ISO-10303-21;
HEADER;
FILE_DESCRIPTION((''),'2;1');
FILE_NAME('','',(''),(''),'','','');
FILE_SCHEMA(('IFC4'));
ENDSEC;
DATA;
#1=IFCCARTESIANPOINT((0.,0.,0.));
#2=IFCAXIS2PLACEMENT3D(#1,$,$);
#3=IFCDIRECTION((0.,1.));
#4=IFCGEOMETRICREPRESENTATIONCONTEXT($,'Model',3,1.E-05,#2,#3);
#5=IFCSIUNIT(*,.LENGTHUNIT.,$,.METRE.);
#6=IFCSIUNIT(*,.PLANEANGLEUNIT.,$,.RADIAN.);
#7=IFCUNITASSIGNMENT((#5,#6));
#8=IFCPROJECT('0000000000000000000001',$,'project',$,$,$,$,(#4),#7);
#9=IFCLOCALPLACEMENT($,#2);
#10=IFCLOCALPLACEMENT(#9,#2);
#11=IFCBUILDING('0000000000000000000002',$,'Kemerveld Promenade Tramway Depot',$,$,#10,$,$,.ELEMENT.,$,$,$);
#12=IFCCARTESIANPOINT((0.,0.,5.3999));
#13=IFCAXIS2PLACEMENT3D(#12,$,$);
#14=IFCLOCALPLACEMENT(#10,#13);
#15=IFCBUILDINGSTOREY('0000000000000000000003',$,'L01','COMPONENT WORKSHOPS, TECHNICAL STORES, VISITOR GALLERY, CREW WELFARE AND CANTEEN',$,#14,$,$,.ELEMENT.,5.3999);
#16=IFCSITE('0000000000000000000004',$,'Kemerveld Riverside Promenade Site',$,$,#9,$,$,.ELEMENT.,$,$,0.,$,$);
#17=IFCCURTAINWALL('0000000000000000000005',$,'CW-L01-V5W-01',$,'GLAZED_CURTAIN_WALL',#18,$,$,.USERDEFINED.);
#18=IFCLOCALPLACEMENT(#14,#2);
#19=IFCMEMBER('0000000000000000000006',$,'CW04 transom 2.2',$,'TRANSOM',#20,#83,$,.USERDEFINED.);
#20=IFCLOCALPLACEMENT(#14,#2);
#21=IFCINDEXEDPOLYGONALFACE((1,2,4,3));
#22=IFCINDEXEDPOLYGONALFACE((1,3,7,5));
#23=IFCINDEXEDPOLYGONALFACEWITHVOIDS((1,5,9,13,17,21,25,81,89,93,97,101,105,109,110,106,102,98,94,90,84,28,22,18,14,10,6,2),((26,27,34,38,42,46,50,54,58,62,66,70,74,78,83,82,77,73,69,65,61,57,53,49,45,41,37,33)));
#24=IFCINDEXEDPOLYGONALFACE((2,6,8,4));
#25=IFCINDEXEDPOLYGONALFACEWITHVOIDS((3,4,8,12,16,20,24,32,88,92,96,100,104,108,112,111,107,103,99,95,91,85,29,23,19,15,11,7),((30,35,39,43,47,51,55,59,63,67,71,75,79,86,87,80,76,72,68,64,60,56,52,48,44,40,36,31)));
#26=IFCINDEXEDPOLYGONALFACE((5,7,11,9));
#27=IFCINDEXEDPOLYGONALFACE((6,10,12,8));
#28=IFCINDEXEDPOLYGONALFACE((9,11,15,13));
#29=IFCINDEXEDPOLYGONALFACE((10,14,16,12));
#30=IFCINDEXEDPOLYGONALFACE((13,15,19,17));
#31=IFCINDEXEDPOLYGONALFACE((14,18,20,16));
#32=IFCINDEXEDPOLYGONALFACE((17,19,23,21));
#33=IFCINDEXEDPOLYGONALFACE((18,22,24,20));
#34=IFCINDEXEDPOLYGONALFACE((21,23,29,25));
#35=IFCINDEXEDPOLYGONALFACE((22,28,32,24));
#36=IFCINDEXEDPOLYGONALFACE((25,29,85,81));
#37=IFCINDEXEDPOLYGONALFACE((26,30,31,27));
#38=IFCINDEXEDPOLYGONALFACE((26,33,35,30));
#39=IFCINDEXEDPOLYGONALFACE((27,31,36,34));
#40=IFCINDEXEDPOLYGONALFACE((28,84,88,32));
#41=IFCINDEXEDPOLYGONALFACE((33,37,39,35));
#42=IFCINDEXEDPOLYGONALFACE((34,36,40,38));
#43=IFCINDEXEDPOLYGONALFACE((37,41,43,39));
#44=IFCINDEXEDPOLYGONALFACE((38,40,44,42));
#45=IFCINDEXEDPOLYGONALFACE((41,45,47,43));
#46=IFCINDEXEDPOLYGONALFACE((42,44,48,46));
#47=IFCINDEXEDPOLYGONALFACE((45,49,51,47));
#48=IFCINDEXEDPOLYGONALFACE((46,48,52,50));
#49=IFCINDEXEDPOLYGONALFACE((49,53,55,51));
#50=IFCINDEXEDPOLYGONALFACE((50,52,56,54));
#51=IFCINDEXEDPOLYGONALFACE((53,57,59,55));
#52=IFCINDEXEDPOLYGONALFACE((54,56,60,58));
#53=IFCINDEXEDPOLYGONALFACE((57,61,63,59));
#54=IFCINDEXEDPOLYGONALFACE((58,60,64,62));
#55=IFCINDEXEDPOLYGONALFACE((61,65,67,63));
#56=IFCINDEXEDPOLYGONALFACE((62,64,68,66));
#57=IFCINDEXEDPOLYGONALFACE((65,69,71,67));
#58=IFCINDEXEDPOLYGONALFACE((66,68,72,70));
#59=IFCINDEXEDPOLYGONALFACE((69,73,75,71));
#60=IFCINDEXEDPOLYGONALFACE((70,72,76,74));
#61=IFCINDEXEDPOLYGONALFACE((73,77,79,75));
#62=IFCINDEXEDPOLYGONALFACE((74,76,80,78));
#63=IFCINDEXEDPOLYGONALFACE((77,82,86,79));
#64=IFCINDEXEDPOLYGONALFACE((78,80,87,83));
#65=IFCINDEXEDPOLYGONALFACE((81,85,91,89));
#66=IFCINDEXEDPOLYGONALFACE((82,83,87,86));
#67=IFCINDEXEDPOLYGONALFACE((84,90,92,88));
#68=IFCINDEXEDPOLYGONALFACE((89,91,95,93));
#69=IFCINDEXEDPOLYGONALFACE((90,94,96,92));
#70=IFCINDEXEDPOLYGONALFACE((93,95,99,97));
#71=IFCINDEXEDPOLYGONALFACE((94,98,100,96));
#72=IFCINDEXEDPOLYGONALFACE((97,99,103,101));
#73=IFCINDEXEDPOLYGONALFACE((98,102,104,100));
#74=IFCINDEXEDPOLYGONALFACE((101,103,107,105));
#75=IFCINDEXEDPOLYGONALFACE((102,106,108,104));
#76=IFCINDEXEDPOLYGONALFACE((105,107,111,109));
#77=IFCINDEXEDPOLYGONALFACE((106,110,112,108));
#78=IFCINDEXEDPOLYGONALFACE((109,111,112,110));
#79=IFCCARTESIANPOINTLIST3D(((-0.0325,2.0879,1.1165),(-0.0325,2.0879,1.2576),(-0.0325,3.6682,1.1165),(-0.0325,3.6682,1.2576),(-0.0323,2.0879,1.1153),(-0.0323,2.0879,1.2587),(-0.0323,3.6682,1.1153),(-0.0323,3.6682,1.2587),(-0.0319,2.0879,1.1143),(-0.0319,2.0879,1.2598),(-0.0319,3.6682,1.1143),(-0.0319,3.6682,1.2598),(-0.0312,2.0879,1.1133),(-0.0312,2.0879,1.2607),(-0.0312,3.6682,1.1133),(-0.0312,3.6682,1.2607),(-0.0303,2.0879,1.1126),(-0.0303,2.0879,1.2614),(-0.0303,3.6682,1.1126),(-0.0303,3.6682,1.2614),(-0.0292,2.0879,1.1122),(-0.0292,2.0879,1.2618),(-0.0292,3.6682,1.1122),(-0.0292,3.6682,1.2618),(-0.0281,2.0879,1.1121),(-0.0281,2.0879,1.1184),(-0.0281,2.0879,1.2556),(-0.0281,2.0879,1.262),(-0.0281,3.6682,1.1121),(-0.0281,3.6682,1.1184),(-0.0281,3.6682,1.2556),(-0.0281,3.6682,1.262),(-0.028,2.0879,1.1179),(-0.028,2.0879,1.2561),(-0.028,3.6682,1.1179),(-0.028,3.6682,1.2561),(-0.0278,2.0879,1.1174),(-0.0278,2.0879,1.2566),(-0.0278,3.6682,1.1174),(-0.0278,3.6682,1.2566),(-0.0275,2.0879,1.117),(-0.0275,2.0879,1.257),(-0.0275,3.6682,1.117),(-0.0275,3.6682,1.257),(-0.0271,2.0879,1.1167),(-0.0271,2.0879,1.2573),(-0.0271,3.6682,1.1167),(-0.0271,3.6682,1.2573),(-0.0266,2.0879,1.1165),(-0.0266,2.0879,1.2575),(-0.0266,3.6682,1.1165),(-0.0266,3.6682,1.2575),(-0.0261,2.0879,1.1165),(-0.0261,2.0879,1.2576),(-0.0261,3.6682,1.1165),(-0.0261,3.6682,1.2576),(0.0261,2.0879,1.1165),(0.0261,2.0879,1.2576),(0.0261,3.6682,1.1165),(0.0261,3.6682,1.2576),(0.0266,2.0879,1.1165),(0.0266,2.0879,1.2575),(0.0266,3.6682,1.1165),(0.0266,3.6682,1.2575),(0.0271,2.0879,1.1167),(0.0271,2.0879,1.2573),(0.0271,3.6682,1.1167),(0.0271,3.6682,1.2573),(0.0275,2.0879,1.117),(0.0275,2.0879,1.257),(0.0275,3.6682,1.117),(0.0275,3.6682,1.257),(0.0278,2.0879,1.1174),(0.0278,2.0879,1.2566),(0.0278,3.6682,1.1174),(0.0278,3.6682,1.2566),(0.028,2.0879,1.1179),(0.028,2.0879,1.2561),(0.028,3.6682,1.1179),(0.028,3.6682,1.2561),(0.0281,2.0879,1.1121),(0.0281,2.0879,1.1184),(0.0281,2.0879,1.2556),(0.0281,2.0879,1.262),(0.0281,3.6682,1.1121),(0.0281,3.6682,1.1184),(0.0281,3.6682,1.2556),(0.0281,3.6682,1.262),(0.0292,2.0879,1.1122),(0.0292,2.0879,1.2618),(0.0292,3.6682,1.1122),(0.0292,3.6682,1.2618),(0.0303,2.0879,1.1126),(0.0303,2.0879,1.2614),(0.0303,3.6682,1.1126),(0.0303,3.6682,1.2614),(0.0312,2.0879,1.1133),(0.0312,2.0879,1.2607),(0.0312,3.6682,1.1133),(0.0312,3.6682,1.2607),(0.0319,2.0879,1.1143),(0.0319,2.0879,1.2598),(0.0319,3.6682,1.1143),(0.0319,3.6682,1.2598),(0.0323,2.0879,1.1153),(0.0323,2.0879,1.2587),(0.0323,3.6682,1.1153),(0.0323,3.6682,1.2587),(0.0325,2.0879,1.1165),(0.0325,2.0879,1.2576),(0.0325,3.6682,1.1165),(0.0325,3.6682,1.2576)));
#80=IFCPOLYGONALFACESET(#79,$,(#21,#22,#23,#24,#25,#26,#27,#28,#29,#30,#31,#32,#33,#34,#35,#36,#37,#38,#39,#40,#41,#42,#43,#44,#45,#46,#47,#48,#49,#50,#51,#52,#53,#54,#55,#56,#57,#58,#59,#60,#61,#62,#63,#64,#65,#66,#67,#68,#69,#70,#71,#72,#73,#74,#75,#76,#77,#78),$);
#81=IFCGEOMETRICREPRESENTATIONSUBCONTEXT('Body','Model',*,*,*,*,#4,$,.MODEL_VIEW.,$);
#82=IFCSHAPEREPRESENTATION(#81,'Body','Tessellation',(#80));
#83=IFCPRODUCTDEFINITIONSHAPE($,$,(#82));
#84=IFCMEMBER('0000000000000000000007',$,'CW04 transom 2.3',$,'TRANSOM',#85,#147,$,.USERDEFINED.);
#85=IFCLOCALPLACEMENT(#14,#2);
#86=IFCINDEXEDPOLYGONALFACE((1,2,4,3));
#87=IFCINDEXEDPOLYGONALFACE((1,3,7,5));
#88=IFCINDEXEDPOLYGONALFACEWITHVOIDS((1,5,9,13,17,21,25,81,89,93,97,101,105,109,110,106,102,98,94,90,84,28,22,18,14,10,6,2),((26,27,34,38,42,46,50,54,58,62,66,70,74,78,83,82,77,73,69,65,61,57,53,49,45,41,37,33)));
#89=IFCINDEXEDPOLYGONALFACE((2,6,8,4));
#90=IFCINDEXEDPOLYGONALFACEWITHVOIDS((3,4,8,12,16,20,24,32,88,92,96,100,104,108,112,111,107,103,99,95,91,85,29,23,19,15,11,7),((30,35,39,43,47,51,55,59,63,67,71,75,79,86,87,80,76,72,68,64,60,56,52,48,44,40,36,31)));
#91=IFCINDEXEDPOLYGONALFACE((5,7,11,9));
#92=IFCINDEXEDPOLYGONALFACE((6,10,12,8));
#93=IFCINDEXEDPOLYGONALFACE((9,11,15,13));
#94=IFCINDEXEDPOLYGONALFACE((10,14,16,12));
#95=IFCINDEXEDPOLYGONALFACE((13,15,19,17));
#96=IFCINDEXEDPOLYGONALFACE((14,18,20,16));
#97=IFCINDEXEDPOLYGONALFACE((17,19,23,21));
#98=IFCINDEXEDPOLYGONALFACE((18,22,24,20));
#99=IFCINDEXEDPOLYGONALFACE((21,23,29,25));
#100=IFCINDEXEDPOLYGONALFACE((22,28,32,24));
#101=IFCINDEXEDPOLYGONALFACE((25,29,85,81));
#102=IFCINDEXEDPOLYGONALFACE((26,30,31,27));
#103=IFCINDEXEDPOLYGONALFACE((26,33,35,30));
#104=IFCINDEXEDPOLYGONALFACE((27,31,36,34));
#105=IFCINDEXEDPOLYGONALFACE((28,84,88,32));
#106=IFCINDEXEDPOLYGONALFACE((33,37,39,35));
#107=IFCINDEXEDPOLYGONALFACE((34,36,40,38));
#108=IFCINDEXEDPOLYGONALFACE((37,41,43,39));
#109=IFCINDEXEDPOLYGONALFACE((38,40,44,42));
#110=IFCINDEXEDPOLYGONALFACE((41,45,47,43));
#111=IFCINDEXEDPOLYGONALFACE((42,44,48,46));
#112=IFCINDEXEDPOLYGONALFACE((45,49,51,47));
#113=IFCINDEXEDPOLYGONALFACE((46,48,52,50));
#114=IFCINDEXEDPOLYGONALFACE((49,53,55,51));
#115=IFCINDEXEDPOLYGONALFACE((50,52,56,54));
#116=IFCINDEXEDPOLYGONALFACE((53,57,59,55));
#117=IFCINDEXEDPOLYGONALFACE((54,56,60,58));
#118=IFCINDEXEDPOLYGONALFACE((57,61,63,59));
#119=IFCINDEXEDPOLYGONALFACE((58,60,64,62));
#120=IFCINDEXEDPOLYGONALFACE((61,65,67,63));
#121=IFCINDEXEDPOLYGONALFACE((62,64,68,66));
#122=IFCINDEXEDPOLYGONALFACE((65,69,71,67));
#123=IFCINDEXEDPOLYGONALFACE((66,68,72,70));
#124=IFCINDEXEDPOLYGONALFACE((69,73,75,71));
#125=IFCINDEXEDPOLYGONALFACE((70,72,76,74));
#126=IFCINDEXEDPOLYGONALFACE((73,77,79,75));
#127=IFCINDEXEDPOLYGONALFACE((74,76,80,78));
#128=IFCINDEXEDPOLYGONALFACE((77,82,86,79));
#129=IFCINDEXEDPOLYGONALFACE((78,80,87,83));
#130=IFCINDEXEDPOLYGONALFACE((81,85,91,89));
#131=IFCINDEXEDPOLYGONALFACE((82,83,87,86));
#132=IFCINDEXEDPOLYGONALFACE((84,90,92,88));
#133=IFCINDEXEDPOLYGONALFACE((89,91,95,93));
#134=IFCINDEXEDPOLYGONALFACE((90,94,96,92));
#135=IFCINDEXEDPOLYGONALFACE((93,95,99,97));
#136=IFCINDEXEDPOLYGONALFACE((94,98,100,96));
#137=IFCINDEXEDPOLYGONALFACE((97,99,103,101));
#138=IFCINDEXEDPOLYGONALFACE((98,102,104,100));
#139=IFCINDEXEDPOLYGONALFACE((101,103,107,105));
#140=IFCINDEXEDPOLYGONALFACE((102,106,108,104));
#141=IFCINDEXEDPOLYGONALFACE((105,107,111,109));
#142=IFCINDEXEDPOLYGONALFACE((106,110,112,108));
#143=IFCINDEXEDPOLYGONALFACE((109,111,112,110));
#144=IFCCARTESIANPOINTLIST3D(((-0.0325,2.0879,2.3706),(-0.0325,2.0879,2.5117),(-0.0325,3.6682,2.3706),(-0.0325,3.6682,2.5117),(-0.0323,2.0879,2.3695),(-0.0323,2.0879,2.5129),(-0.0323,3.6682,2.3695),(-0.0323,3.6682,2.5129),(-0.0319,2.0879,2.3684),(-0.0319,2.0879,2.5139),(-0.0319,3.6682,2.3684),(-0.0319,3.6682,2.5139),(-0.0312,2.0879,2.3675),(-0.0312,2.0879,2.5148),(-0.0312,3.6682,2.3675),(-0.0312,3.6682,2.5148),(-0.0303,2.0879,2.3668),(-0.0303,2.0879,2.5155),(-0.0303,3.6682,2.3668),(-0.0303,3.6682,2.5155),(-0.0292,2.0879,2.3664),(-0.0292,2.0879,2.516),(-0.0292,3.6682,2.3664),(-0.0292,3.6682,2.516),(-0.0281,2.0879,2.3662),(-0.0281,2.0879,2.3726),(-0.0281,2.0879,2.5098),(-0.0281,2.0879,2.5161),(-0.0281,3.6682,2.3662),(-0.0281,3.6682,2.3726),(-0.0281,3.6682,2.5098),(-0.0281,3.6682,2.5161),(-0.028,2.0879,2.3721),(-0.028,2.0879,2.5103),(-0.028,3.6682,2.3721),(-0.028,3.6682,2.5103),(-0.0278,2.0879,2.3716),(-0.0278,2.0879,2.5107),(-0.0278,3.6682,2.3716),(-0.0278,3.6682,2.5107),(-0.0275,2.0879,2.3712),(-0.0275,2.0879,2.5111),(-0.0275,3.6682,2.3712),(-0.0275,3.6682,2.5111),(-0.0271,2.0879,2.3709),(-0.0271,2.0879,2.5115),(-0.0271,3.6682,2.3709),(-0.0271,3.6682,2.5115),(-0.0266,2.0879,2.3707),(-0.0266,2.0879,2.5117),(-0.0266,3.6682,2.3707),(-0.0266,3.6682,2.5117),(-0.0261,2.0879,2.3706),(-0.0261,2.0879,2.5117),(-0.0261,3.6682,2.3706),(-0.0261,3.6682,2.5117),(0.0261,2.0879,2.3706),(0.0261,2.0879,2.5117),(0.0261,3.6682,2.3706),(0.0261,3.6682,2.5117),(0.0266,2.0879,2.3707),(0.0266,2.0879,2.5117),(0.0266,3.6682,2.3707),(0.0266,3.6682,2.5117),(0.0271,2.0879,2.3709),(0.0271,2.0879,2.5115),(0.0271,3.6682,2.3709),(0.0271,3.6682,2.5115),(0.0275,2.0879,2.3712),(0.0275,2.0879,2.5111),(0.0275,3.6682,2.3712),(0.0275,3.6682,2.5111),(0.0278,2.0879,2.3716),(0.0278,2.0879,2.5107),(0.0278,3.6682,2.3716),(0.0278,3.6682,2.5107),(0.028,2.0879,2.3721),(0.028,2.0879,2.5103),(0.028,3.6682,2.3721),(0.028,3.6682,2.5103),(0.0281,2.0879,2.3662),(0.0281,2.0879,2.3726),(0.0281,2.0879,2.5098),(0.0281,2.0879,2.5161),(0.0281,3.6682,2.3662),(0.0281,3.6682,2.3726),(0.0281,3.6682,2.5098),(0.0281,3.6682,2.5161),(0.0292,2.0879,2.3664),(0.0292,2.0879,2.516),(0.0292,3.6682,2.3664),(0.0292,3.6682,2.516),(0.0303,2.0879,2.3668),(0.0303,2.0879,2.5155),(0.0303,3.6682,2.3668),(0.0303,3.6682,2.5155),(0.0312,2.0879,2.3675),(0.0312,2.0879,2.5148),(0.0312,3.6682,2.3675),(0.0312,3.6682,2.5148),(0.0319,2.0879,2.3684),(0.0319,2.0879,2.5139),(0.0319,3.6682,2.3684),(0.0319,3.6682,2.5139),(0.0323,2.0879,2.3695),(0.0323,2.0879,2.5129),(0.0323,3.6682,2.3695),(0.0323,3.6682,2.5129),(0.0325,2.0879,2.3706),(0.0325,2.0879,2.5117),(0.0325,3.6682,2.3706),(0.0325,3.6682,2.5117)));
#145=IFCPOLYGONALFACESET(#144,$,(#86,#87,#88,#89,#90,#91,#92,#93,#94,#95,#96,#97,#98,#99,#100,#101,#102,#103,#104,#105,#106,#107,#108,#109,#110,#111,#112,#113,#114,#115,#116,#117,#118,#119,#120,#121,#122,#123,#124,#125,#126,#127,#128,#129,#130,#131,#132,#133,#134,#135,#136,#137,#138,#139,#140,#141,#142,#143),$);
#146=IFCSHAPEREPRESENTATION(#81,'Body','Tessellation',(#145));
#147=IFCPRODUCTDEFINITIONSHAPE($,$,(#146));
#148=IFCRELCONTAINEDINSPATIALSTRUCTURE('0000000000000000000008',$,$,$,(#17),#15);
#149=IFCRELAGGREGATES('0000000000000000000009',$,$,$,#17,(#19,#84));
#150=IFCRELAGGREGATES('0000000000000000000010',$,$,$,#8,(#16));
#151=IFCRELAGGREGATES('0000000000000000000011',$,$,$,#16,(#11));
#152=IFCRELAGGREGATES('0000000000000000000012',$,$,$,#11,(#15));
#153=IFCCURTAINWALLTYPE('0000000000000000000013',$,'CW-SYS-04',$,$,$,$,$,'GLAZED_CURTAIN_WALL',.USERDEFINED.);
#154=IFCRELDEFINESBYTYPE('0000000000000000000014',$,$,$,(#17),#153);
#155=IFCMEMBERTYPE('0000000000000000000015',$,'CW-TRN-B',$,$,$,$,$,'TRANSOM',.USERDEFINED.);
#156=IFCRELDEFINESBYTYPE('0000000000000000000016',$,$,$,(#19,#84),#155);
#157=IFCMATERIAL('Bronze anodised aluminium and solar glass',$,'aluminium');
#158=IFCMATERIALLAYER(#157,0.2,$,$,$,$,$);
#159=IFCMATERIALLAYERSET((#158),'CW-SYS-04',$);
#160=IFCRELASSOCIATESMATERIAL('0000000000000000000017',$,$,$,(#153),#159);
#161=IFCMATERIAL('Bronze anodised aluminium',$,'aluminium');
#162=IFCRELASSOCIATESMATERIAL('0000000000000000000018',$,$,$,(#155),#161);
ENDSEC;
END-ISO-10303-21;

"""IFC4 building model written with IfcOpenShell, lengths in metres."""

from ifc_helpers import new_model, si_unit, direction, frame, origin, origin_2d, place, context, subcontext, project, spatial, hollow_rectangle, extrude, material, layer, layer_set, material_profile, profile_set, type_object, element, aggregate, save


model = new_model("IFC4")

# Units and contexts
model_context = context("Model", 3, precision=1e-05, world=origin(), true_north=direction((0.0, 1.0)))
body_context = subcontext(model_context, "Body", "Model", "MODEL_VIEW")
ifc_project = project(units=[si_unit("LENGTHUNIT", "METRE"), si_unit("PLANEANGLEUNIT", "RADIAN")], contexts=[model_context])

# Site, building, storey
site_placement = place(None, origin())
site = spatial("IfcSite", under=ifc_project, at=site_placement, Name="Kemerveld Riverside Promenade Site", CompositionType="ELEMENT", RefElevation=0.0)
building_placement = place(site_placement, origin())
building = spatial("IfcBuilding", under=site, at=building_placement, Name="Kemerveld Promenade Tramway Depot", CompositionType="ELEMENT")
storey_placement = place(building_placement, frame((0.0, 0.0, 5.3999)))
storey = spatial("IfcBuildingStorey", under=building, at=storey_placement, Name="L01", Description="COMPONENT WORKSHOPS, TECHNICAL STORES, VISITOR GALLERY, CREW WELFARE AND CANTEEN", CompositionType="ELEMENT", Elevation=5.3999)

# Curtain wall, members
ifc_material_1 = material(Name="Bronze anodised aluminium and solar glass", Category="aluminium")
ifc_layer_1 = layer(ifc_material_1, 0.2)
ifc_layer_set_1 = layer_set([ifc_layer_1], Name="CW-SYS-04")
curtain_wall_type = type_object("IfcCurtainWallType", Name="CW-SYS-04", ElementType="GLAZED_CURTAIN_WALL", PredefinedType="USERDEFINED", material=ifc_layer_set_1)
curtain_wall_placement = place(storey_placement, origin())
curtain_wall = element("IfcCurtainWall", 1, at=curtain_wall_placement, inside=storey, type_object=curtain_wall_type, Name="CW-L01-V5W-01", ObjectType="GLAZED_CURTAIN_WALL", PredefinedType="USERDEFINED")
ifc_material_2 = material(Name="Bronze anodised aluminium", Category="aluminium")
ifc_material_profile_1 = material_profile(ifc_material_2, hollow_rectangle(XDim=0.0649, YDim=0.1499, WallThickness=0.0044, InnerFilletRadius=0.002, OuterFilletRadius=0.0044, at=origin_2d()), Name="CW-TRN-150x65")
ifc_profile_set_1 = profile_set([ifc_material_profile_1], Name="Bronze anodised aluminium")
member_type_1 = type_object("IfcMemberType", Name="CW-TRN-B", ElementType="TRANSOM", PredefinedType="USERDEFINED", material=ifc_profile_set_1)
member_1_placement = place(storey_placement, frame((0.0, 2.0879, 1.187), z_axis=(0.0, 1.0, 0.0), x_axis=(-1.0, 0.0, 0.0)))
member_1 = element("IfcMember", 2, at=member_1_placement, type_object=member_type_1, Name="CW04 transom 2.2", ObjectType="TRANSOM", PredefinedType="USERDEFINED", context=body_context, shape_type="SweptSolid", body=[
    extrude(hollow_rectangle(XDim=0.0649, YDim=0.1499, WallThickness=0.0044, InnerFilletRadius=0.002, OuterFilletRadius=0.0044, at=origin_2d()), origin(), (0.0, 0.0, 1.0), 1.5803),
])
member_2_placement = place(storey_placement, frame((0.0, 2.0879, 2.4412), z_axis=(0.0, 1.0, 0.0), x_axis=(-1.0, 0.0, 0.0)))
member_2 = element("IfcMember", 3, at=member_2_placement, type_object=member_type_1, Name="CW04 transom 2.3", ObjectType="TRANSOM", PredefinedType="USERDEFINED", context=body_context, shape_type="SweptSolid", body=[
    extrude(hollow_rectangle(XDim=0.0649, YDim=0.1499, WallThickness=0.0044, InnerFilletRadius=0.002, OuterFilletRadius=0.0044, at=origin_2d()), origin(), (0.0, 0.0, 1.0), 1.5803),
])
aggregate(curtain_wall, [member_1, member_2])

save(model, "model.ifc")
